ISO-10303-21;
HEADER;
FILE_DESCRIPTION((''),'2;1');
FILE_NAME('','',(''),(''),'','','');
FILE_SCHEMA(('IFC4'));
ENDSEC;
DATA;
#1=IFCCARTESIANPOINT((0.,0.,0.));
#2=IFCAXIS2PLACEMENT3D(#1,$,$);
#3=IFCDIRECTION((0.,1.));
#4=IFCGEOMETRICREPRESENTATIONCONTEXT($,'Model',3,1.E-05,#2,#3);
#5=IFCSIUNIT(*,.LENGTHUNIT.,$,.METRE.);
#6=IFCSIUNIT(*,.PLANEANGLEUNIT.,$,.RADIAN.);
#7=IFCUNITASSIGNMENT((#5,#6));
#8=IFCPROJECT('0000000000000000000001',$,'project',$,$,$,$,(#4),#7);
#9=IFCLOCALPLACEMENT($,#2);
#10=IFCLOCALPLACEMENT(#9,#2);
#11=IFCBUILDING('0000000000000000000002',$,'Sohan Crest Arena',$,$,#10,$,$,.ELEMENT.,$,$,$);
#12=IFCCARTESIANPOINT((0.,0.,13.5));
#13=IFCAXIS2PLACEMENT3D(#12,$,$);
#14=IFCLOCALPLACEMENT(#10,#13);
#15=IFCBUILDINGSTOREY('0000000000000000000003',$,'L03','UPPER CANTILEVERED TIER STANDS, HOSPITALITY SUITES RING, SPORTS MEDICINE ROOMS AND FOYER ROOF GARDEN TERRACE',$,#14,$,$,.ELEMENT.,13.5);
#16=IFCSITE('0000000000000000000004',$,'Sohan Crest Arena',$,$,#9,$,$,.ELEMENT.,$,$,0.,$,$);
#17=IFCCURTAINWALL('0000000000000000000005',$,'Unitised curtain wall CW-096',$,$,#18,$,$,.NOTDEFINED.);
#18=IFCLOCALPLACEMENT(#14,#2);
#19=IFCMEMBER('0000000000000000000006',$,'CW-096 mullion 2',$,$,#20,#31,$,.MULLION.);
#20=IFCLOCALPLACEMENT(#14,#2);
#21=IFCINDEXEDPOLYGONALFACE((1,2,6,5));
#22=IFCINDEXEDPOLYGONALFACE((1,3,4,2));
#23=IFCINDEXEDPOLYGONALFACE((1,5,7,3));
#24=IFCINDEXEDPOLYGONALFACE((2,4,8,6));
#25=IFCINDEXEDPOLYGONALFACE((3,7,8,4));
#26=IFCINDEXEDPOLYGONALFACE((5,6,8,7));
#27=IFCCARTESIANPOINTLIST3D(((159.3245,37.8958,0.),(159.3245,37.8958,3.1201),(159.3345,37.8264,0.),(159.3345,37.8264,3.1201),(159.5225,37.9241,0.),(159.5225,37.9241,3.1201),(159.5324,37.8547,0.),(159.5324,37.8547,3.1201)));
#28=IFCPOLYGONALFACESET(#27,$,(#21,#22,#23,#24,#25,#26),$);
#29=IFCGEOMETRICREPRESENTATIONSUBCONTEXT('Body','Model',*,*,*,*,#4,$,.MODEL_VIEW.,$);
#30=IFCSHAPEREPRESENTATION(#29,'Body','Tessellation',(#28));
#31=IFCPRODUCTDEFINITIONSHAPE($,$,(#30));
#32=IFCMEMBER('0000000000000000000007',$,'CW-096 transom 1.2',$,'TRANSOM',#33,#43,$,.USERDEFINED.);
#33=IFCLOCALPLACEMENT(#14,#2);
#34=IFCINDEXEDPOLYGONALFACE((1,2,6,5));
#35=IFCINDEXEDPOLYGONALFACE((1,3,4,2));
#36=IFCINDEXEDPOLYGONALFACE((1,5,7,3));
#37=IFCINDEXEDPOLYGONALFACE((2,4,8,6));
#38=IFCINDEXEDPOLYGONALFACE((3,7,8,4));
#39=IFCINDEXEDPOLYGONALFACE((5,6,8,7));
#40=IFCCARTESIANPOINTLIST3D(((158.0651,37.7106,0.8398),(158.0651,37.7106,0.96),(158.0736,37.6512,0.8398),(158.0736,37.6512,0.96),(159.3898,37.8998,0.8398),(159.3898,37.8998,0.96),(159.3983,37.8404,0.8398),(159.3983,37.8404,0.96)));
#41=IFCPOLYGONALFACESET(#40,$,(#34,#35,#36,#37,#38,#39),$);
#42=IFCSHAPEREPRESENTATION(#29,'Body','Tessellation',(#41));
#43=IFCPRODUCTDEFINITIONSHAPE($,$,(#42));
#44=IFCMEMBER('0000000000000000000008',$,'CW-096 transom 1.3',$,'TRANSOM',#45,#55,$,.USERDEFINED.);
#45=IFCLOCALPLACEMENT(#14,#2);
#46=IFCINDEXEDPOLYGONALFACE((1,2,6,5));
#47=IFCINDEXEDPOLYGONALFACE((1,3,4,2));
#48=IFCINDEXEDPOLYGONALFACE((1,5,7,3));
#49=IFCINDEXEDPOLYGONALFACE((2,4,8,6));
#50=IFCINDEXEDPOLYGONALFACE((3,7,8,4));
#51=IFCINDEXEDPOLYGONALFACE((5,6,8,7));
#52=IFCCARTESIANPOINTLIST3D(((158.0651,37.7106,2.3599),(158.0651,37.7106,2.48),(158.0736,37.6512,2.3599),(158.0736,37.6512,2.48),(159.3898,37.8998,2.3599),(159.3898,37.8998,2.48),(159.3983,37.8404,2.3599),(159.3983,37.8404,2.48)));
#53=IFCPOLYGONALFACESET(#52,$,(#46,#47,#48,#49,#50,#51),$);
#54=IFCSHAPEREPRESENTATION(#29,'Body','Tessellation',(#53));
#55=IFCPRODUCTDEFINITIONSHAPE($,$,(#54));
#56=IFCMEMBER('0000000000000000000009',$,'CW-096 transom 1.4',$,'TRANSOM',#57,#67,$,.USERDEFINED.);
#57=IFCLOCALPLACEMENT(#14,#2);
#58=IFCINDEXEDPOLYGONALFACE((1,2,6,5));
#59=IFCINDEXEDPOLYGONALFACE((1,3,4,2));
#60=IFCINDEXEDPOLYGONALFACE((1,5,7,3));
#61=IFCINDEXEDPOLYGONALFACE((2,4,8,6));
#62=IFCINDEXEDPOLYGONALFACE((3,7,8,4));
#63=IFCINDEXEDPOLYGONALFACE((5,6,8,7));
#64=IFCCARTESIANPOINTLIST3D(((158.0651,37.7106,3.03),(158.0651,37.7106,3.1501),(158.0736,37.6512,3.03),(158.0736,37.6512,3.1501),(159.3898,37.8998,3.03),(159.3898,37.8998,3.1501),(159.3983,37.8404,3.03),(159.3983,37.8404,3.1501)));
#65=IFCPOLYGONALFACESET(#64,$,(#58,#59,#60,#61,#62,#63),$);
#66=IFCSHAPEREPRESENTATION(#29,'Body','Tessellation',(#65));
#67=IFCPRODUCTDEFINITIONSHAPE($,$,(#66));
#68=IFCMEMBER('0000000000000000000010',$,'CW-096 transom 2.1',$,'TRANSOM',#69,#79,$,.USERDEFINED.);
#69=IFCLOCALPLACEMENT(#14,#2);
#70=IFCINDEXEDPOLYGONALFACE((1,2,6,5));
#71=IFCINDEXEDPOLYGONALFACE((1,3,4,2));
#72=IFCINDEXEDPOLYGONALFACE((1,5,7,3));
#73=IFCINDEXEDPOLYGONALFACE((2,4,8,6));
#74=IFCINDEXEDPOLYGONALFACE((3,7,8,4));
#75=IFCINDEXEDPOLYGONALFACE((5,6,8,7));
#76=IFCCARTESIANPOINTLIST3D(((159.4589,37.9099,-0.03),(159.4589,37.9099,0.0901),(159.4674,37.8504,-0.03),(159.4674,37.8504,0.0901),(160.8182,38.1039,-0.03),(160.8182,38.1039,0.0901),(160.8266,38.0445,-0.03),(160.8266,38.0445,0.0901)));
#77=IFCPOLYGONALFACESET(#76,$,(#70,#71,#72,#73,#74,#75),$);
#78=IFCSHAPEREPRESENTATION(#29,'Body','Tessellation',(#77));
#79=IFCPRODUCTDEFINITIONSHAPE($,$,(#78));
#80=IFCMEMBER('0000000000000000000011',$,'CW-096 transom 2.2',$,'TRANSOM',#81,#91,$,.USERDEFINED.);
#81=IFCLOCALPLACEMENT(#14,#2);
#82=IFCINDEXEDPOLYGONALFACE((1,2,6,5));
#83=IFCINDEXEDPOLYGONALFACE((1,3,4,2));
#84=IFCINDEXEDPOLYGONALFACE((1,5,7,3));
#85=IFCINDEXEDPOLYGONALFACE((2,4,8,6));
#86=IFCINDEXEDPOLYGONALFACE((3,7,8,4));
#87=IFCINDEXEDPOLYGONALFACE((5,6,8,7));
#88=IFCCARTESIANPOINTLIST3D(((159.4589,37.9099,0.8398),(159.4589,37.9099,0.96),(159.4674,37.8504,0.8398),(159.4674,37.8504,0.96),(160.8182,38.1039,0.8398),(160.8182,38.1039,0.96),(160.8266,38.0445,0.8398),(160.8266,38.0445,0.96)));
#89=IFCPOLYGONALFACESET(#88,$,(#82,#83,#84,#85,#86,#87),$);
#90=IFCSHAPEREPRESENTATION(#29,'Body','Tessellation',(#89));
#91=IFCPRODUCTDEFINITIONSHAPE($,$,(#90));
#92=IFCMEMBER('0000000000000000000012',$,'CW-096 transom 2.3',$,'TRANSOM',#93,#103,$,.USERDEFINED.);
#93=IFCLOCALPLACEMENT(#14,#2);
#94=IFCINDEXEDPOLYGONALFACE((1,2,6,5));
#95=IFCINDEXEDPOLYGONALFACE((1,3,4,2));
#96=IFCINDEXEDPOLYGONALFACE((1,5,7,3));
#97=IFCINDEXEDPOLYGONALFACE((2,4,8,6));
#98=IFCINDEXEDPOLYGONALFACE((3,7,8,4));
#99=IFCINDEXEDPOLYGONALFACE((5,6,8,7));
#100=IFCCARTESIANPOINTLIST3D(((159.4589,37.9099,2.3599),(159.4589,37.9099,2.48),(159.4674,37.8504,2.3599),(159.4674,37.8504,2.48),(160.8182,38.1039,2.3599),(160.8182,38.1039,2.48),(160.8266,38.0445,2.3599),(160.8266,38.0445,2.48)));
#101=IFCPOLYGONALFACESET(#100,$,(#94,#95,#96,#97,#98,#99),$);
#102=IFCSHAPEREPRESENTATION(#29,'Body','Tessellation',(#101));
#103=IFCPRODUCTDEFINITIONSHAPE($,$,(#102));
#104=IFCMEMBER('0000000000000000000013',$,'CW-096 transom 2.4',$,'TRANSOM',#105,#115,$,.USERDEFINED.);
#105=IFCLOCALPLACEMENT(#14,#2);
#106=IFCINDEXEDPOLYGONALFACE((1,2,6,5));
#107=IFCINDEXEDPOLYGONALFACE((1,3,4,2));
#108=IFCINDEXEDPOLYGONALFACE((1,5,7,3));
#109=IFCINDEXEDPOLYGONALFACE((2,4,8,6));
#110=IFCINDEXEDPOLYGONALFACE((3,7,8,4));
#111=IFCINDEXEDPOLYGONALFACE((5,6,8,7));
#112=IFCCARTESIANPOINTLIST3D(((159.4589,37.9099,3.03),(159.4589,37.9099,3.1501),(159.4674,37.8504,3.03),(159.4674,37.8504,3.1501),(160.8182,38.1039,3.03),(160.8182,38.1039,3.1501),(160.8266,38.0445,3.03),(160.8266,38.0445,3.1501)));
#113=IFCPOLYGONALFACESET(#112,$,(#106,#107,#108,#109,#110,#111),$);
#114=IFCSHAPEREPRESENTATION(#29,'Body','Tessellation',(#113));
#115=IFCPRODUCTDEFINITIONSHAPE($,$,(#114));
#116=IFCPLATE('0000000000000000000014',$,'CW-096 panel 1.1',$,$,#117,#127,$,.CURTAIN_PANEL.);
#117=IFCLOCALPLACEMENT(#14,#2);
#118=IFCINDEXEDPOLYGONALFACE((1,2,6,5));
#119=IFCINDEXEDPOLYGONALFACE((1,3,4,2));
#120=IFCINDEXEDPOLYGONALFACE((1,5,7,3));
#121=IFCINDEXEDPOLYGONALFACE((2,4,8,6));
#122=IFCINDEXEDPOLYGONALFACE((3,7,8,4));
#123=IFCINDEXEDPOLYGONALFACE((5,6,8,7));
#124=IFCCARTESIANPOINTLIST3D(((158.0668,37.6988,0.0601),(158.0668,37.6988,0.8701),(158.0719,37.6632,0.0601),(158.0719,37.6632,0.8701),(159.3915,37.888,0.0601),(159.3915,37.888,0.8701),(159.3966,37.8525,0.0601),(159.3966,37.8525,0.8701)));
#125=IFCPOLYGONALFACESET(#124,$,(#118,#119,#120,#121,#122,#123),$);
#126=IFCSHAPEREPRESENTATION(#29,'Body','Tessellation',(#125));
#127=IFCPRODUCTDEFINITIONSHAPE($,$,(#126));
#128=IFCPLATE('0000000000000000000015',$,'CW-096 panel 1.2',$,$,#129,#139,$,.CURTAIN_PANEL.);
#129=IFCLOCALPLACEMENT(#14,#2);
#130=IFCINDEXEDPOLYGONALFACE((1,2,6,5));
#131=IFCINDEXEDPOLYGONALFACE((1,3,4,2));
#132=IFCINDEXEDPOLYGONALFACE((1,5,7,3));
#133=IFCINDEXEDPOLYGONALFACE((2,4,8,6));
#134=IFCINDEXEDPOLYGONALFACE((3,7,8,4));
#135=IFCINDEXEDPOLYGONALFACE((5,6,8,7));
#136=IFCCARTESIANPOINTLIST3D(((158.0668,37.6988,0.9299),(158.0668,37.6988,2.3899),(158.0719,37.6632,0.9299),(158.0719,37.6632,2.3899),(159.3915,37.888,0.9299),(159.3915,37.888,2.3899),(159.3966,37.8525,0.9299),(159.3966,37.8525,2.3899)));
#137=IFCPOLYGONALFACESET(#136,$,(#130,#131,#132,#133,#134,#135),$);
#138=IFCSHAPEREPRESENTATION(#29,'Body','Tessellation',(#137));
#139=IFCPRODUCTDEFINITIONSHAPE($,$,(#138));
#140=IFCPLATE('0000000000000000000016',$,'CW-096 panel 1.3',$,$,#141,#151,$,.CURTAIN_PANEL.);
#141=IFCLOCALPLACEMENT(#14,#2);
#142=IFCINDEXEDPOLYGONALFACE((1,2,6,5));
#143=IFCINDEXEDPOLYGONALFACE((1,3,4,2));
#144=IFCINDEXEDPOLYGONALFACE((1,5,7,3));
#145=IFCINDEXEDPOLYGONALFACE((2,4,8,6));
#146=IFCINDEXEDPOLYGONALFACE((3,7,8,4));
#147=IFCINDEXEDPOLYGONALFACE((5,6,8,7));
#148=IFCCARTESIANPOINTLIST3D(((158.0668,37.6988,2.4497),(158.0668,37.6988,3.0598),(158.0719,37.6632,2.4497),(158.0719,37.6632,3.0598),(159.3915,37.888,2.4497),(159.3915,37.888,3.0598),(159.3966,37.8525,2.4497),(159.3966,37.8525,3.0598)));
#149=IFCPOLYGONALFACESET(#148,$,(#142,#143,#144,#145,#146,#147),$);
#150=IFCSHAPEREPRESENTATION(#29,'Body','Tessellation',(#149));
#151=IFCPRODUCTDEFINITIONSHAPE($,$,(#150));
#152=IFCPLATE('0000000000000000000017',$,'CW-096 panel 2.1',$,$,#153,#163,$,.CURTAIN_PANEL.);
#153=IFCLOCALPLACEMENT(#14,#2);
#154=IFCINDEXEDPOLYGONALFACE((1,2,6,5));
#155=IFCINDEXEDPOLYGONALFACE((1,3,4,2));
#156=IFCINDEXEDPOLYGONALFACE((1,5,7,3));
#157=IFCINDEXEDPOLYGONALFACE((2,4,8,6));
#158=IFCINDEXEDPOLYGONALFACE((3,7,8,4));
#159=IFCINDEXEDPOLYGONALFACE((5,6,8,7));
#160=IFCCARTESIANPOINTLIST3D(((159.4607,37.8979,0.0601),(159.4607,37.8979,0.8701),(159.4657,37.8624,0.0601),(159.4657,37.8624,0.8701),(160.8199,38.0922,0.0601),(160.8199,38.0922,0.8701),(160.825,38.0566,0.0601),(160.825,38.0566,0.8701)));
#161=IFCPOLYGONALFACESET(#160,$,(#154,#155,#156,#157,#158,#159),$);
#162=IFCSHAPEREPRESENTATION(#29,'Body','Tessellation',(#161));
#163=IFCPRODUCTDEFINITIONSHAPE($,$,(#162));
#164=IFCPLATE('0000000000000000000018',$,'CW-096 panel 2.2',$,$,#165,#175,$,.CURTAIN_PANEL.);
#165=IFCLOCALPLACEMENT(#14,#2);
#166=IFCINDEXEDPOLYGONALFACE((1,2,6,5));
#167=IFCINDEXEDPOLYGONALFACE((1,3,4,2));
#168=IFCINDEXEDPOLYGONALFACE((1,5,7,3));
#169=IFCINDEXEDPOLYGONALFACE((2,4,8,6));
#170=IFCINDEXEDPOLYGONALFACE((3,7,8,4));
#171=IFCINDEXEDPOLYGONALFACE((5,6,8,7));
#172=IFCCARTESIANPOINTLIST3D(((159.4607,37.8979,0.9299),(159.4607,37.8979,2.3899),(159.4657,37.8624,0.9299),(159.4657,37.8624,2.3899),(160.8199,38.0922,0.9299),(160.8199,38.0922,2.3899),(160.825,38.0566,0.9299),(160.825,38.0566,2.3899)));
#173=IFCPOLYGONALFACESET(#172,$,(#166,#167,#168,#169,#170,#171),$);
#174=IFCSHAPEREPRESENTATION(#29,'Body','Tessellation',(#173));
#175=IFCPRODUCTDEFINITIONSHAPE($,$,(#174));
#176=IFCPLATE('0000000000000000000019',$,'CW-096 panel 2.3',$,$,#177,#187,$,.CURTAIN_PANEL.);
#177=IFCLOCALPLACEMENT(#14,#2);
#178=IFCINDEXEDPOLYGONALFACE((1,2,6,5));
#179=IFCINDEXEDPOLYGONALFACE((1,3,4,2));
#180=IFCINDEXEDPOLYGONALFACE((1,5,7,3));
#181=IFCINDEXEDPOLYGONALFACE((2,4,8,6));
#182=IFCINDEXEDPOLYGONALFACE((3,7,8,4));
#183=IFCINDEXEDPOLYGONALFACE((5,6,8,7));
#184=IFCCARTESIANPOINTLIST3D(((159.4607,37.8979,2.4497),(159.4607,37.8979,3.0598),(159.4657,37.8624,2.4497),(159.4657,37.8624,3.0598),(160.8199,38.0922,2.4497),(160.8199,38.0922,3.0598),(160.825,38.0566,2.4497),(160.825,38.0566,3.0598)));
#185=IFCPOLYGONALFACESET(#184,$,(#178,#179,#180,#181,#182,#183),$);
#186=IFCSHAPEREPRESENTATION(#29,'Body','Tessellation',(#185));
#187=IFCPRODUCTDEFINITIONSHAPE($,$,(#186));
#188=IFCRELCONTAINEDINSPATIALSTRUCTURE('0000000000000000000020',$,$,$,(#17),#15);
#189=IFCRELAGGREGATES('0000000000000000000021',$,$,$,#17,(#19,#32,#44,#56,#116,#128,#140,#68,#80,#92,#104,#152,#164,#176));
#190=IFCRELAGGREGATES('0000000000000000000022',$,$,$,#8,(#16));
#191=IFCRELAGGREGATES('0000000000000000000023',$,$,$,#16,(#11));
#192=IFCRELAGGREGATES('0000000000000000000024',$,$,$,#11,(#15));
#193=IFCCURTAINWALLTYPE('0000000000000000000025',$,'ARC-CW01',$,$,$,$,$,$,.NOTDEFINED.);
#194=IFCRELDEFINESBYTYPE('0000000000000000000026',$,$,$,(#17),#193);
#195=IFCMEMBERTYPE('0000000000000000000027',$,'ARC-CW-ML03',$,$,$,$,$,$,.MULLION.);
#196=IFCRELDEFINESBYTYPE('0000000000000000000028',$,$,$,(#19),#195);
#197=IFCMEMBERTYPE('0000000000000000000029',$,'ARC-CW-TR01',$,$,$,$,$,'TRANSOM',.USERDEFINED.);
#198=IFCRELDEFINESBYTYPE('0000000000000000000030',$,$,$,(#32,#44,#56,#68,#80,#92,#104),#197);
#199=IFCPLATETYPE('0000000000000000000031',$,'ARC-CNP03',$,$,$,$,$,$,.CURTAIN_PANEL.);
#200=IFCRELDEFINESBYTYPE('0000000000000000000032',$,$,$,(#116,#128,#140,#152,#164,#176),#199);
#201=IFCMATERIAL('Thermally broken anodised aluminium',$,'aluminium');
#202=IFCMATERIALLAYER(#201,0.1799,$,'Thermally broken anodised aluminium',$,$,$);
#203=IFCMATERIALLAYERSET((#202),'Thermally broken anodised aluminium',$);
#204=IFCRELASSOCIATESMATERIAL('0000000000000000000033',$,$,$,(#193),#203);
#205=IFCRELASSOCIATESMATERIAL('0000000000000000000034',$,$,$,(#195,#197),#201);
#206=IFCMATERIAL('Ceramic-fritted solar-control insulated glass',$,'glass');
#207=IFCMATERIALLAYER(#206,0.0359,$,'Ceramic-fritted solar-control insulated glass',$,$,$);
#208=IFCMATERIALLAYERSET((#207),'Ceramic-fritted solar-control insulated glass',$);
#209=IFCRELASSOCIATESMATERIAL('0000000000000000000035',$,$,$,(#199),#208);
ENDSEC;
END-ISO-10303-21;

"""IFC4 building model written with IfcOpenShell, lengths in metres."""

from ifc_helpers import new_model, si_unit, direction, frame, origin, origin_2d, place, context, subcontext, project, spatial, rectangle, extrude, material, layer, layer_set, material_profile, profile_set, type_object, element, aggregate, save


model = new_model("IFC4")

# Units and contexts
model_context = context("Model", 3, precision=1e-05, world=origin(), true_north=direction((0.0, 1.0)))
body_context = subcontext(model_context, "Body", "Model", "MODEL_VIEW")
ifc_project = project(units=[si_unit("LENGTHUNIT", "METRE"), si_unit("PLANEANGLEUNIT", "RADIAN")], contexts=[model_context])

# Site, building, storey
site_placement = place(None, origin())
site = spatial("IfcSite", under=ifc_project, at=site_placement, Name="Sohan Crest Arena", CompositionType="ELEMENT", RefElevation=0.0)
building_placement = place(site_placement, origin())
building = spatial("IfcBuilding", under=site, at=building_placement, Name="Sohan Crest Arena", CompositionType="ELEMENT")
storey_placement = place(building_placement, frame((0.0, 0.0, 13.5)))
storey = spatial("IfcBuildingStorey", under=building, at=storey_placement, Name="L03", Description="UPPER CANTILEVERED TIER STANDS, HOSPITALITY SUITES RING, SPORTS MEDICINE ROOMS AND FOYER ROOF GARDEN TERRACE", CompositionType="ELEMENT", Elevation=13.5)

# Curtain wall, members, plates
ifc_material_1 = material(Name="Thermally broken anodised aluminium", Category="aluminium")
ifc_layer_1 = layer(ifc_material_1, 0.1799, Name="Thermally broken anodised aluminium")
ifc_layer_set_1 = layer_set([ifc_layer_1], Name="Thermally broken anodised aluminium")
curtain_wall_type = type_object("IfcCurtainWallType", Name="ARC-CW01", PredefinedType="NOTDEFINED", material=ifc_layer_set_1)
curtain_wall_placement = place(storey_placement, origin())
curtain_wall = element("IfcCurtainWall", 1, at=curtain_wall_placement, inside=storey, type_object=curtain_wall_type, Name="Unitised curtain wall CW-096", PredefinedType="NOTDEFINED")
ifc_material_profile_1 = material_profile(ifc_material_1, rectangle(XDim=0.0701, YDim=0.2, at=origin_2d()), Name="ALU-MULL 70x200")
ifc_profile_set_1 = profile_set([ifc_material_profile_1], Name="Thermally broken anodised aluminium")
member_type_1 = type_object("IfcMemberType", Name="ARC-CW-ML03", PredefinedType="MULLION", material=ifc_profile_set_1)
member_1_placement = place(storey_placement, frame((159.4285, 37.8752, 0.0), z_axis=(0.0, 0.0, 1.0), x_axis=(-0.141463, 0.989944, 0.0)))
member_1 = element("IfcMember", 2, at=member_1_placement, type_object=member_type_1, Name="CW-096 mullion 2", PredefinedType="MULLION", context=body_context, shape_type="SweptSolid", body=[
    extrude(rectangle(XDim=0.0701, YDim=0.2, at=origin_2d()), origin(), (0.0, 0.0, 1.0), 3.1201),
])
ifc_material_profile_2 = material_profile(ifc_material_1, rectangle(XDim=0.0601, YDim=0.1201, at=origin_2d()), Name="ALU-TRAN 60x120")
ifc_profile_set_2 = profile_set([ifc_material_profile_2], Name="Thermally broken anodised aluminium")
member_type_2 = type_object("IfcMemberType", Name="ARC-CW-TR01", ElementType="TRANSOM", PredefinedType="USERDEFINED", material=ifc_profile_set_2)
member_2_placement = place(storey_placement, frame((158.0693, 37.6809, 0.8999), z_axis=(0.989953, 0.141396, 0.0), x_axis=(-0.141396, 0.989953, 0.0)))
member_2 = element("IfcMember", 3, at=member_2_placement, type_object=member_type_2, Name="CW-096 transom 1.2", ObjectType="TRANSOM", PredefinedType="USERDEFINED", context=body_context, shape_type="SweptSolid", body=[
    extrude(rectangle(XDim=0.0601, YDim=0.1201, at=origin_2d()), origin(), (0.0, 0.0, 1.0), 1.3381),
])
member_3_placement = place(storey_placement, frame((158.0693, 37.6809, 2.4199), z_axis=(0.989953, 0.141396, 0.0), x_axis=(-0.141396, 0.989953, 0.0)))
member_3 = element("IfcMember", 4, at=member_3_placement, type_object=member_type_2, Name="CW-096 transom 1.3", ObjectType="TRANSOM", PredefinedType="USERDEFINED", context=body_context, shape_type="SweptSolid", body=[
    extrude(rectangle(XDim=0.0601, YDim=0.1201, at=origin_2d()), origin(), (0.0, 0.0, 1.0), 1.3381),
])
member_4_placement = place(storey_placement, frame((158.0693, 37.6809, 3.0901), z_axis=(0.989953, 0.141396, 0.0), x_axis=(-0.141396, 0.989953, 0.0)))
member_4 = element("IfcMember", 5, at=member_4_placement, type_object=member_type_2, Name="CW-096 transom 1.4", ObjectType="TRANSOM", PredefinedType="USERDEFINED", context=body_context, shape_type="SweptSolid", body=[
    extrude(rectangle(XDim=0.0601, YDim=0.1201, at=origin_2d()), origin(), (0.0, 0.0, 1.0), 1.3381),
])
member_5_placement = place(storey_placement, frame((159.4631, 37.8801, 0.03), z_axis=(0.98996, 0.141347, 0.0), x_axis=(-0.141347, 0.98996, 0.0)))
member_5 = element("IfcMember", 6, at=member_5_placement, type_object=member_type_2, Name="CW-096 transom 2.1", ObjectType="TRANSOM", PredefinedType="USERDEFINED", context=body_context, shape_type="SweptSolid", body=[
    extrude(rectangle(XDim=0.0601, YDim=0.1201, at=origin_2d()), origin(), (0.0, 0.0, 1.0), 1.373),
])
member_6_placement = place(storey_placement, frame((159.4631, 37.8801, 0.8999), z_axis=(0.98996, 0.141347, 0.0), x_axis=(-0.141347, 0.98996, 0.0)))
member_6 = element("IfcMember", 7, at=member_6_placement, type_object=member_type_2, Name="CW-096 transom 2.2", ObjectType="TRANSOM", PredefinedType="USERDEFINED", context=body_context, shape_type="SweptSolid", body=[
    extrude(rectangle(XDim=0.0601, YDim=0.1201, at=origin_2d()), origin(), (0.0, 0.0, 1.0), 1.373),
])
member_7_placement = place(storey_placement, frame((159.4631, 37.8801, 2.4199), z_axis=(0.98996, 0.141347, 0.0), x_axis=(-0.141347, 0.98996, 0.0)))
member_7 = element("IfcMember", 8, at=member_7_placement, type_object=member_type_2, Name="CW-096 transom 2.3", ObjectType="TRANSOM", PredefinedType="USERDEFINED", context=body_context, shape_type="SweptSolid", body=[
    extrude(rectangle(XDim=0.0601, YDim=0.1201, at=origin_2d()), origin(), (0.0, 0.0, 1.0), 1.373),
])
member_8_placement = place(storey_placement, frame((159.4631, 37.8801, 3.0901), z_axis=(0.98996, 0.141347, 0.0), x_axis=(-0.141347, 0.98996, 0.0)))
member_8 = element("IfcMember", 9, at=member_8_placement, type_object=member_type_2, Name="CW-096 transom 2.4", ObjectType="TRANSOM", PredefinedType="USERDEFINED", context=body_context, shape_type="SweptSolid", body=[
    extrude(rectangle(XDim=0.0601, YDim=0.1201, at=origin_2d()), origin(), (0.0, 0.0, 1.0), 1.373),
])
ifc_material_2 = material(Name="Ceramic-fritted solar-control insulated glass", Category="glass")
ifc_layer_2 = layer(ifc_material_2, 0.0359, Name="Ceramic-fritted solar-control insulated glass")
ifc_layer_set_2 = layer_set([ifc_layer_2], Name="Ceramic-fritted solar-control insulated glass")
plate_type = type_object("IfcPlateType", Name="ARC-CNP03", PredefinedType="CURTAIN_PANEL", material=ifc_layer_set_2)
plate_1_placement = place(storey_placement, frame((158.7317, 37.7756, 0.0601), z_axis=(0.0, 0.0, 1.0), x_axis=(0.989944, 0.141463, 0.0)))
plate_1 = element("IfcPlate", 10, at=plate_1_placement, type_object=plate_type, Name="CW-096 panel 1.1", PredefinedType="CURTAIN_PANEL", context=body_context, shape_type="SweptSolid", body=[
    extrude(rectangle(XDim=1.3381, YDim=0.0359, at=origin_2d()), origin(), (0.0, 0.0, 1.0), 0.8101),
])
plate_2_placement = place(storey_placement, frame((158.7317, 37.7756, 0.9299), z_axis=(0.0, 0.0, 1.0), x_axis=(0.989944, 0.141463, 0.0)))
plate_2 = element("IfcPlate", 11, at=plate_2_placement, type_object=plate_type, Name="CW-096 panel 1.2", PredefinedType="CURTAIN_PANEL", context=body_context, shape_type="SweptSolid", body=[
    extrude(rectangle(XDim=1.3381, YDim=0.0359, at=origin_2d()), origin(), (0.0, 0.0, 1.0), 1.46),
])
plate_3_placement = place(storey_placement, frame((158.7317, 37.7756, 2.4497), z_axis=(0.0, 0.0, 1.0), x_axis=(0.989944, 0.141463, 0.0)))
plate_3 = element("IfcPlate", 12, at=plate_3_placement, type_object=plate_type, Name="CW-096 panel 1.3", PredefinedType="CURTAIN_PANEL", context=body_context, shape_type="SweptSolid", body=[
    extrude(rectangle(XDim=1.3381, YDim=0.0359, at=origin_2d()), origin(), (0.0, 0.0, 1.0), 0.6101),
])
plate_4_placement = place(storey_placement, frame((160.1428, 37.9773, 0.0601), z_axis=(0.0, 0.0, 1.0), x_axis=(0.989944, 0.141463, 0.0)))
plate_4 = element("IfcPlate", 13, at=plate_4_placement, type_object=plate_type, Name="CW-096 panel 2.1", PredefinedType="CURTAIN_PANEL", context=body_context, shape_type="SweptSolid", body=[
    extrude(rectangle(XDim=1.373, YDim=0.0359, at=origin_2d()), origin(), (0.0, 0.0, 1.0), 0.8101),
])
plate_5_placement = place(storey_placement, frame((160.1428, 37.9773, 0.9299), z_axis=(0.0, 0.0, 1.0), x_axis=(0.989944, 0.141463, 0.0)))
plate_5 = element("IfcPlate", 14, at=plate_5_placement, type_object=plate_type, Name="CW-096 panel 2.2", PredefinedType="CURTAIN_PANEL", context=body_context, shape_type="SweptSolid", body=[
    extrude(rectangle(XDim=1.373, YDim=0.0359, at=origin_2d()), origin(), (0.0, 0.0, 1.0), 1.46),
])
plate_6_placement = place(storey_placement, frame((160.1428, 37.9773, 2.4497), z_axis=(0.0, 0.0, 1.0), x_axis=(0.989944, 0.141463, 0.0)))
plate_6 = element("IfcPlate", 15, at=plate_6_placement, type_object=plate_type, Name="CW-096 panel 2.3", PredefinedType="CURTAIN_PANEL", context=body_context, shape_type="SweptSolid", body=[
    extrude(rectangle(XDim=1.373, YDim=0.0359, at=origin_2d()), origin(), (0.0, 0.0, 1.0), 0.6101),
])
aggregate(curtain_wall, [member_1, member_2, member_3, member_4, plate_1, plate_2, plate_3, member_5, member_6, member_7, member_8, plate_4, plate_5, plate_6])

save(model, "model.ifc")
